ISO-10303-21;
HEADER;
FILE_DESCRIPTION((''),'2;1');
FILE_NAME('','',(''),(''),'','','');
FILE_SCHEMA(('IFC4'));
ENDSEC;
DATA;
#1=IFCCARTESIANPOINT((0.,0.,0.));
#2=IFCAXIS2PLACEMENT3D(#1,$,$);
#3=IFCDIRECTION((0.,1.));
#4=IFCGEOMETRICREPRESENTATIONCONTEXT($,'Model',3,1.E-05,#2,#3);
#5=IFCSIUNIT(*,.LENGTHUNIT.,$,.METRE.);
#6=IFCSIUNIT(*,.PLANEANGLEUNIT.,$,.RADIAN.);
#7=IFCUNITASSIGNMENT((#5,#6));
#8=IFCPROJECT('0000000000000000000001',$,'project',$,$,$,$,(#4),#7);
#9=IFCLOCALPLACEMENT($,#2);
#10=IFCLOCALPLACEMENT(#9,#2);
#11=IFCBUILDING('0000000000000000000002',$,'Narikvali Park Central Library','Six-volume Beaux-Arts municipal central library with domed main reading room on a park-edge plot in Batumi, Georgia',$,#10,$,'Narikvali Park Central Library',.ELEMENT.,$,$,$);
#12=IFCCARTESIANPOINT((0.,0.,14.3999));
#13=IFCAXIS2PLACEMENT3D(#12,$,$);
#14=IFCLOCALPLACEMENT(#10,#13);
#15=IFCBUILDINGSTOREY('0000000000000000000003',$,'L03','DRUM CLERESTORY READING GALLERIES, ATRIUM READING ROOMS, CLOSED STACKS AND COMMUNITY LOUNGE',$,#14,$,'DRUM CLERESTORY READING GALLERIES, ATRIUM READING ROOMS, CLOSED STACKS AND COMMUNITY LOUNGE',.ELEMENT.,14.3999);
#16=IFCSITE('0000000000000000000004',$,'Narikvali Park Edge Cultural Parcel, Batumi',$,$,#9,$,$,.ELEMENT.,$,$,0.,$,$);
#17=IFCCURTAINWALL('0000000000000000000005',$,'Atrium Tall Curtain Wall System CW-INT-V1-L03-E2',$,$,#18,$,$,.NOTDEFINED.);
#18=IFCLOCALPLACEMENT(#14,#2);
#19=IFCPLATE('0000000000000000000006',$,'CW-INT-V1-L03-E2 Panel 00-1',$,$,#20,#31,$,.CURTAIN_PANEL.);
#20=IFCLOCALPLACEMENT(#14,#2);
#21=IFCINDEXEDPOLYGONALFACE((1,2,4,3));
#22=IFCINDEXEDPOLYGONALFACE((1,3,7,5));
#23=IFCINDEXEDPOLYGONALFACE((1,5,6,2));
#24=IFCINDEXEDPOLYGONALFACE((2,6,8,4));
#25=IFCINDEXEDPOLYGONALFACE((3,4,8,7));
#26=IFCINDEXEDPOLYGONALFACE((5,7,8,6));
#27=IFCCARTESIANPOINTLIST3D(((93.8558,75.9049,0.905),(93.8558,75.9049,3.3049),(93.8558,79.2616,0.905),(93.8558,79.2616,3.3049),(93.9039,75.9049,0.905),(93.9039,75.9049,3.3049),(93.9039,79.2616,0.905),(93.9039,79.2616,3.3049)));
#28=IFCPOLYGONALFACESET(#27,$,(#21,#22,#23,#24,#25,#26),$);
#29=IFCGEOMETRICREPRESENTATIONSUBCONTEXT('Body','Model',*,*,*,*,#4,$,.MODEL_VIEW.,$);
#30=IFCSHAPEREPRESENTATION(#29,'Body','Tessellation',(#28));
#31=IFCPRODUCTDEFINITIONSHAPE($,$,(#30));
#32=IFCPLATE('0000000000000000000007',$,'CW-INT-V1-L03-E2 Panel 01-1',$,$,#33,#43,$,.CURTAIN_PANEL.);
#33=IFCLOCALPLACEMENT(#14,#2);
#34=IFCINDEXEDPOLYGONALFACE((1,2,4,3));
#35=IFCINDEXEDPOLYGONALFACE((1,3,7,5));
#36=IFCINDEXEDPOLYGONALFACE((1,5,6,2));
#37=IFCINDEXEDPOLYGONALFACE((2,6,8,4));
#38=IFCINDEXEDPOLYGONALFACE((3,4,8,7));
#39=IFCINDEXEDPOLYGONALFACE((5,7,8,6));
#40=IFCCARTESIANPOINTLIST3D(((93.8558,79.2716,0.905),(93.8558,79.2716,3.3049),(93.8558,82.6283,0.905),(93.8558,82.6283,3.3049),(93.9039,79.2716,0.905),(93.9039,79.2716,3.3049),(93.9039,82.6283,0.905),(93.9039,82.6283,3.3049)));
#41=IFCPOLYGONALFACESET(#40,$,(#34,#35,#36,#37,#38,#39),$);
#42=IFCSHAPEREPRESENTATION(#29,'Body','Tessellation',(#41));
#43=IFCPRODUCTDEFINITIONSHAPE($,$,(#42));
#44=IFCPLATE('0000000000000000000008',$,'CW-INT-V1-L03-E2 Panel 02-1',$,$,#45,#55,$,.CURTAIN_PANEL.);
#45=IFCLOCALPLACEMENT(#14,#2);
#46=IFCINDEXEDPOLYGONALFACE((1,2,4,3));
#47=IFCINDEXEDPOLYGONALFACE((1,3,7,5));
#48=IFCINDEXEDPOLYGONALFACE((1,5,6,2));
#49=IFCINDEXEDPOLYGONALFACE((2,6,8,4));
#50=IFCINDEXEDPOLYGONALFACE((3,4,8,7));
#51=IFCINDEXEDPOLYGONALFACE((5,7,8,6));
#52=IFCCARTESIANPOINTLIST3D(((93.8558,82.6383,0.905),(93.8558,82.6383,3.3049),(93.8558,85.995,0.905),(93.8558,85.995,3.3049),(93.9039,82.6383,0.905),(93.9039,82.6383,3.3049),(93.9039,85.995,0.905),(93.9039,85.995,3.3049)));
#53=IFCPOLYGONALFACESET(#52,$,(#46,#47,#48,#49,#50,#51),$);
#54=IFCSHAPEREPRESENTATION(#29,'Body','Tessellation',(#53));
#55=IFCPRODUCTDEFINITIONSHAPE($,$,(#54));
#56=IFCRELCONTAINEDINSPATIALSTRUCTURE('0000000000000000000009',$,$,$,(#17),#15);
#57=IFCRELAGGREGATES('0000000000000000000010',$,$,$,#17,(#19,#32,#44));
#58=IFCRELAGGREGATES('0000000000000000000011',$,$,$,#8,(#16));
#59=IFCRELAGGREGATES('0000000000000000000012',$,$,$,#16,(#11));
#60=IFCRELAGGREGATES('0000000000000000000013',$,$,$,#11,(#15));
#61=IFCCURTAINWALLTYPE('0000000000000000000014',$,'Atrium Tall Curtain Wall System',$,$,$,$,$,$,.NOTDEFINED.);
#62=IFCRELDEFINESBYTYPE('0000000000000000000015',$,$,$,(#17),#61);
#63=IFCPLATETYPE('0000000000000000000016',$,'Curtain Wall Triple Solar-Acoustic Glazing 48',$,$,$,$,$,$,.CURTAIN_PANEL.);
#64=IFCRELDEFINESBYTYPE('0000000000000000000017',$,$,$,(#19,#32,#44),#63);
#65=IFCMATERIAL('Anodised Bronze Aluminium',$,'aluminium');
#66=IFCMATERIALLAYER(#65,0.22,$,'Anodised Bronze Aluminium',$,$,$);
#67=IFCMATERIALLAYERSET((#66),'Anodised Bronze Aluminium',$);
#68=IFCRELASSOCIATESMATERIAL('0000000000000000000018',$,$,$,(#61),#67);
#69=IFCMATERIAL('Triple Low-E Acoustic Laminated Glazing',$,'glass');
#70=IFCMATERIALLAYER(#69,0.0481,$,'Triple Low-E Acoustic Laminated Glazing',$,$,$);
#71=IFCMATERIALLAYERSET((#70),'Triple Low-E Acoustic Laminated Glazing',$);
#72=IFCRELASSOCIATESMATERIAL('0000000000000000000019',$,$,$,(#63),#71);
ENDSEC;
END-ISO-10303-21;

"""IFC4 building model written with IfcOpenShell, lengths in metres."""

from ifc_helpers import new_model, si_unit, direction, frame, origin, origin_2d, place, context, subcontext, project, spatial, rectangle, extrude, material, layer, layer_set, type_object, element, aggregate, save


model = new_model("IFC4")

# Units and contexts
model_context = context("Model", 3, precision=1e-05, world=origin(), true_north=direction((0.0, 1.0)))
body_context = subcontext(model_context, "Body", "Model", "MODEL_VIEW")
ifc_project = project(units=[si_unit("LENGTHUNIT", "METRE"), si_unit("PLANEANGLEUNIT", "RADIAN")], contexts=[model_context])

# Site, building, storey
site_placement = place(None, origin())
site = spatial("IfcSite", under=ifc_project, at=site_placement, Name="Narikvali Park Edge Cultural Parcel, Batumi", CompositionType="ELEMENT", RefElevation=0.0)
building_placement = place(site_placement, origin())
building = spatial("IfcBuilding", under=site, at=building_placement, Name="Narikvali Park Central Library", Description="Six-volume Beaux-Arts municipal central library with domed main reading room on a park-edge plot in Batumi, Georgia", LongName="Narikvali Park Central Library", CompositionType="ELEMENT")
storey_placement = place(building_placement, frame((0.0, 0.0, 14.3999)))
storey = spatial("IfcBuildingStorey", under=building, at=storey_placement, Name="L03", Description="DRUM CLERESTORY READING GALLERIES, ATRIUM READING ROOMS, CLOSED STACKS AND COMMUNITY LOUNGE", LongName="DRUM CLERESTORY READING GALLERIES, ATRIUM READING ROOMS, CLOSED STACKS AND COMMUNITY LOUNGE", CompositionType="ELEMENT", Elevation=14.3999)

# Curtain wall
ifc_material_1 = material(Name="Anodised Bronze Aluminium", Category="aluminium")
ifc_layer_1 = layer(ifc_material_1, 0.22, Name="Anodised Bronze Aluminium")
ifc_layer_set_1 = layer_set([ifc_layer_1], Name="Anodised Bronze Aluminium")
curtain_wall_type = type_object("IfcCurtainWallType", Name="Atrium Tall Curtain Wall System", PredefinedType="NOTDEFINED", material=ifc_layer_set_1)
curtain_wall_1_placement = place(storey_placement, origin())
curtain_wall_1 = element("IfcCurtainWall", 1, at=curtain_wall_1_placement, inside=storey, type_object=curtain_wall_type, Name="Atrium Tall Curtain Wall System CW-INT-V1-L03-E2", PredefinedType="NOTDEFINED")

# Plates
ifc_material_2 = material(Name="Triple Low-E Acoustic Laminated Glazing", Category="glass")
ifc_layer_2 = layer(ifc_material_2, 0.0481, Name="Triple Low-E Acoustic Laminated Glazing")
ifc_layer_set_2 = layer_set([ifc_layer_2], Name="Triple Low-E Acoustic Laminated Glazing")
plate_type_1 = type_object("IfcPlateType", Name="Curtain Wall Triple Solar-Acoustic Glazing 48", PredefinedType="CURTAIN_PANEL", material=ifc_layer_set_2)
plate_1_placement = place(storey_placement, frame((93.8799, 77.5833, 0.905), z_axis=(0.0, 0.0, 1.0), x_axis=(0.0, 1.0, 0.0)))
plate_1 = element("IfcPlate", 2, at=plate_1_placement, type_object=plate_type_1, Name="CW-INT-V1-L03-E2 Panel 00-1", PredefinedType="CURTAIN_PANEL", context=body_context, shape_type="SweptSolid", body=[
    extrude(rectangle(XDim=3.3567, YDim=0.0481, at=origin_2d()), origin(), (0.0, 0.0, 1.0), 2.3999),
])
plate_2_placement = place(storey_placement, frame((93.8799, 80.95, 0.905), z_axis=(0.0, 0.0, 1.0), x_axis=(0.0, 1.0, 0.0)))
plate_2 = element("IfcPlate", 3, at=plate_2_placement, type_object=plate_type_1, Name="CW-INT-V1-L03-E2 Panel 01-1", PredefinedType="CURTAIN_PANEL", context=body_context, shape_type="SweptSolid", body=[
    extrude(rectangle(XDim=3.3567, YDim=0.0481, at=origin_2d()), origin(), (0.0, 0.0, 1.0), 2.3999),
])
plate_3_placement = place(storey_placement, frame((93.8799, 84.3167, 0.905), z_axis=(0.0, 0.0, 1.0), x_axis=(0.0, 1.0, 0.0)))
plate_3 = element("IfcPlate", 4, at=plate_3_placement, type_object=plate_type_1, Name="CW-INT-V1-L03-E2 Panel 02-1", PredefinedType="CURTAIN_PANEL", context=body_context, shape_type="SweptSolid", body=[
    extrude(rectangle(XDim=3.3567, YDim=0.0481, at=origin_2d()), origin(), (0.0, 0.0, 1.0), 2.3999),
])
aggregate(curtain_wall_1, [plate_1, plate_2, plate_3])

save(model, "model.ifc")
